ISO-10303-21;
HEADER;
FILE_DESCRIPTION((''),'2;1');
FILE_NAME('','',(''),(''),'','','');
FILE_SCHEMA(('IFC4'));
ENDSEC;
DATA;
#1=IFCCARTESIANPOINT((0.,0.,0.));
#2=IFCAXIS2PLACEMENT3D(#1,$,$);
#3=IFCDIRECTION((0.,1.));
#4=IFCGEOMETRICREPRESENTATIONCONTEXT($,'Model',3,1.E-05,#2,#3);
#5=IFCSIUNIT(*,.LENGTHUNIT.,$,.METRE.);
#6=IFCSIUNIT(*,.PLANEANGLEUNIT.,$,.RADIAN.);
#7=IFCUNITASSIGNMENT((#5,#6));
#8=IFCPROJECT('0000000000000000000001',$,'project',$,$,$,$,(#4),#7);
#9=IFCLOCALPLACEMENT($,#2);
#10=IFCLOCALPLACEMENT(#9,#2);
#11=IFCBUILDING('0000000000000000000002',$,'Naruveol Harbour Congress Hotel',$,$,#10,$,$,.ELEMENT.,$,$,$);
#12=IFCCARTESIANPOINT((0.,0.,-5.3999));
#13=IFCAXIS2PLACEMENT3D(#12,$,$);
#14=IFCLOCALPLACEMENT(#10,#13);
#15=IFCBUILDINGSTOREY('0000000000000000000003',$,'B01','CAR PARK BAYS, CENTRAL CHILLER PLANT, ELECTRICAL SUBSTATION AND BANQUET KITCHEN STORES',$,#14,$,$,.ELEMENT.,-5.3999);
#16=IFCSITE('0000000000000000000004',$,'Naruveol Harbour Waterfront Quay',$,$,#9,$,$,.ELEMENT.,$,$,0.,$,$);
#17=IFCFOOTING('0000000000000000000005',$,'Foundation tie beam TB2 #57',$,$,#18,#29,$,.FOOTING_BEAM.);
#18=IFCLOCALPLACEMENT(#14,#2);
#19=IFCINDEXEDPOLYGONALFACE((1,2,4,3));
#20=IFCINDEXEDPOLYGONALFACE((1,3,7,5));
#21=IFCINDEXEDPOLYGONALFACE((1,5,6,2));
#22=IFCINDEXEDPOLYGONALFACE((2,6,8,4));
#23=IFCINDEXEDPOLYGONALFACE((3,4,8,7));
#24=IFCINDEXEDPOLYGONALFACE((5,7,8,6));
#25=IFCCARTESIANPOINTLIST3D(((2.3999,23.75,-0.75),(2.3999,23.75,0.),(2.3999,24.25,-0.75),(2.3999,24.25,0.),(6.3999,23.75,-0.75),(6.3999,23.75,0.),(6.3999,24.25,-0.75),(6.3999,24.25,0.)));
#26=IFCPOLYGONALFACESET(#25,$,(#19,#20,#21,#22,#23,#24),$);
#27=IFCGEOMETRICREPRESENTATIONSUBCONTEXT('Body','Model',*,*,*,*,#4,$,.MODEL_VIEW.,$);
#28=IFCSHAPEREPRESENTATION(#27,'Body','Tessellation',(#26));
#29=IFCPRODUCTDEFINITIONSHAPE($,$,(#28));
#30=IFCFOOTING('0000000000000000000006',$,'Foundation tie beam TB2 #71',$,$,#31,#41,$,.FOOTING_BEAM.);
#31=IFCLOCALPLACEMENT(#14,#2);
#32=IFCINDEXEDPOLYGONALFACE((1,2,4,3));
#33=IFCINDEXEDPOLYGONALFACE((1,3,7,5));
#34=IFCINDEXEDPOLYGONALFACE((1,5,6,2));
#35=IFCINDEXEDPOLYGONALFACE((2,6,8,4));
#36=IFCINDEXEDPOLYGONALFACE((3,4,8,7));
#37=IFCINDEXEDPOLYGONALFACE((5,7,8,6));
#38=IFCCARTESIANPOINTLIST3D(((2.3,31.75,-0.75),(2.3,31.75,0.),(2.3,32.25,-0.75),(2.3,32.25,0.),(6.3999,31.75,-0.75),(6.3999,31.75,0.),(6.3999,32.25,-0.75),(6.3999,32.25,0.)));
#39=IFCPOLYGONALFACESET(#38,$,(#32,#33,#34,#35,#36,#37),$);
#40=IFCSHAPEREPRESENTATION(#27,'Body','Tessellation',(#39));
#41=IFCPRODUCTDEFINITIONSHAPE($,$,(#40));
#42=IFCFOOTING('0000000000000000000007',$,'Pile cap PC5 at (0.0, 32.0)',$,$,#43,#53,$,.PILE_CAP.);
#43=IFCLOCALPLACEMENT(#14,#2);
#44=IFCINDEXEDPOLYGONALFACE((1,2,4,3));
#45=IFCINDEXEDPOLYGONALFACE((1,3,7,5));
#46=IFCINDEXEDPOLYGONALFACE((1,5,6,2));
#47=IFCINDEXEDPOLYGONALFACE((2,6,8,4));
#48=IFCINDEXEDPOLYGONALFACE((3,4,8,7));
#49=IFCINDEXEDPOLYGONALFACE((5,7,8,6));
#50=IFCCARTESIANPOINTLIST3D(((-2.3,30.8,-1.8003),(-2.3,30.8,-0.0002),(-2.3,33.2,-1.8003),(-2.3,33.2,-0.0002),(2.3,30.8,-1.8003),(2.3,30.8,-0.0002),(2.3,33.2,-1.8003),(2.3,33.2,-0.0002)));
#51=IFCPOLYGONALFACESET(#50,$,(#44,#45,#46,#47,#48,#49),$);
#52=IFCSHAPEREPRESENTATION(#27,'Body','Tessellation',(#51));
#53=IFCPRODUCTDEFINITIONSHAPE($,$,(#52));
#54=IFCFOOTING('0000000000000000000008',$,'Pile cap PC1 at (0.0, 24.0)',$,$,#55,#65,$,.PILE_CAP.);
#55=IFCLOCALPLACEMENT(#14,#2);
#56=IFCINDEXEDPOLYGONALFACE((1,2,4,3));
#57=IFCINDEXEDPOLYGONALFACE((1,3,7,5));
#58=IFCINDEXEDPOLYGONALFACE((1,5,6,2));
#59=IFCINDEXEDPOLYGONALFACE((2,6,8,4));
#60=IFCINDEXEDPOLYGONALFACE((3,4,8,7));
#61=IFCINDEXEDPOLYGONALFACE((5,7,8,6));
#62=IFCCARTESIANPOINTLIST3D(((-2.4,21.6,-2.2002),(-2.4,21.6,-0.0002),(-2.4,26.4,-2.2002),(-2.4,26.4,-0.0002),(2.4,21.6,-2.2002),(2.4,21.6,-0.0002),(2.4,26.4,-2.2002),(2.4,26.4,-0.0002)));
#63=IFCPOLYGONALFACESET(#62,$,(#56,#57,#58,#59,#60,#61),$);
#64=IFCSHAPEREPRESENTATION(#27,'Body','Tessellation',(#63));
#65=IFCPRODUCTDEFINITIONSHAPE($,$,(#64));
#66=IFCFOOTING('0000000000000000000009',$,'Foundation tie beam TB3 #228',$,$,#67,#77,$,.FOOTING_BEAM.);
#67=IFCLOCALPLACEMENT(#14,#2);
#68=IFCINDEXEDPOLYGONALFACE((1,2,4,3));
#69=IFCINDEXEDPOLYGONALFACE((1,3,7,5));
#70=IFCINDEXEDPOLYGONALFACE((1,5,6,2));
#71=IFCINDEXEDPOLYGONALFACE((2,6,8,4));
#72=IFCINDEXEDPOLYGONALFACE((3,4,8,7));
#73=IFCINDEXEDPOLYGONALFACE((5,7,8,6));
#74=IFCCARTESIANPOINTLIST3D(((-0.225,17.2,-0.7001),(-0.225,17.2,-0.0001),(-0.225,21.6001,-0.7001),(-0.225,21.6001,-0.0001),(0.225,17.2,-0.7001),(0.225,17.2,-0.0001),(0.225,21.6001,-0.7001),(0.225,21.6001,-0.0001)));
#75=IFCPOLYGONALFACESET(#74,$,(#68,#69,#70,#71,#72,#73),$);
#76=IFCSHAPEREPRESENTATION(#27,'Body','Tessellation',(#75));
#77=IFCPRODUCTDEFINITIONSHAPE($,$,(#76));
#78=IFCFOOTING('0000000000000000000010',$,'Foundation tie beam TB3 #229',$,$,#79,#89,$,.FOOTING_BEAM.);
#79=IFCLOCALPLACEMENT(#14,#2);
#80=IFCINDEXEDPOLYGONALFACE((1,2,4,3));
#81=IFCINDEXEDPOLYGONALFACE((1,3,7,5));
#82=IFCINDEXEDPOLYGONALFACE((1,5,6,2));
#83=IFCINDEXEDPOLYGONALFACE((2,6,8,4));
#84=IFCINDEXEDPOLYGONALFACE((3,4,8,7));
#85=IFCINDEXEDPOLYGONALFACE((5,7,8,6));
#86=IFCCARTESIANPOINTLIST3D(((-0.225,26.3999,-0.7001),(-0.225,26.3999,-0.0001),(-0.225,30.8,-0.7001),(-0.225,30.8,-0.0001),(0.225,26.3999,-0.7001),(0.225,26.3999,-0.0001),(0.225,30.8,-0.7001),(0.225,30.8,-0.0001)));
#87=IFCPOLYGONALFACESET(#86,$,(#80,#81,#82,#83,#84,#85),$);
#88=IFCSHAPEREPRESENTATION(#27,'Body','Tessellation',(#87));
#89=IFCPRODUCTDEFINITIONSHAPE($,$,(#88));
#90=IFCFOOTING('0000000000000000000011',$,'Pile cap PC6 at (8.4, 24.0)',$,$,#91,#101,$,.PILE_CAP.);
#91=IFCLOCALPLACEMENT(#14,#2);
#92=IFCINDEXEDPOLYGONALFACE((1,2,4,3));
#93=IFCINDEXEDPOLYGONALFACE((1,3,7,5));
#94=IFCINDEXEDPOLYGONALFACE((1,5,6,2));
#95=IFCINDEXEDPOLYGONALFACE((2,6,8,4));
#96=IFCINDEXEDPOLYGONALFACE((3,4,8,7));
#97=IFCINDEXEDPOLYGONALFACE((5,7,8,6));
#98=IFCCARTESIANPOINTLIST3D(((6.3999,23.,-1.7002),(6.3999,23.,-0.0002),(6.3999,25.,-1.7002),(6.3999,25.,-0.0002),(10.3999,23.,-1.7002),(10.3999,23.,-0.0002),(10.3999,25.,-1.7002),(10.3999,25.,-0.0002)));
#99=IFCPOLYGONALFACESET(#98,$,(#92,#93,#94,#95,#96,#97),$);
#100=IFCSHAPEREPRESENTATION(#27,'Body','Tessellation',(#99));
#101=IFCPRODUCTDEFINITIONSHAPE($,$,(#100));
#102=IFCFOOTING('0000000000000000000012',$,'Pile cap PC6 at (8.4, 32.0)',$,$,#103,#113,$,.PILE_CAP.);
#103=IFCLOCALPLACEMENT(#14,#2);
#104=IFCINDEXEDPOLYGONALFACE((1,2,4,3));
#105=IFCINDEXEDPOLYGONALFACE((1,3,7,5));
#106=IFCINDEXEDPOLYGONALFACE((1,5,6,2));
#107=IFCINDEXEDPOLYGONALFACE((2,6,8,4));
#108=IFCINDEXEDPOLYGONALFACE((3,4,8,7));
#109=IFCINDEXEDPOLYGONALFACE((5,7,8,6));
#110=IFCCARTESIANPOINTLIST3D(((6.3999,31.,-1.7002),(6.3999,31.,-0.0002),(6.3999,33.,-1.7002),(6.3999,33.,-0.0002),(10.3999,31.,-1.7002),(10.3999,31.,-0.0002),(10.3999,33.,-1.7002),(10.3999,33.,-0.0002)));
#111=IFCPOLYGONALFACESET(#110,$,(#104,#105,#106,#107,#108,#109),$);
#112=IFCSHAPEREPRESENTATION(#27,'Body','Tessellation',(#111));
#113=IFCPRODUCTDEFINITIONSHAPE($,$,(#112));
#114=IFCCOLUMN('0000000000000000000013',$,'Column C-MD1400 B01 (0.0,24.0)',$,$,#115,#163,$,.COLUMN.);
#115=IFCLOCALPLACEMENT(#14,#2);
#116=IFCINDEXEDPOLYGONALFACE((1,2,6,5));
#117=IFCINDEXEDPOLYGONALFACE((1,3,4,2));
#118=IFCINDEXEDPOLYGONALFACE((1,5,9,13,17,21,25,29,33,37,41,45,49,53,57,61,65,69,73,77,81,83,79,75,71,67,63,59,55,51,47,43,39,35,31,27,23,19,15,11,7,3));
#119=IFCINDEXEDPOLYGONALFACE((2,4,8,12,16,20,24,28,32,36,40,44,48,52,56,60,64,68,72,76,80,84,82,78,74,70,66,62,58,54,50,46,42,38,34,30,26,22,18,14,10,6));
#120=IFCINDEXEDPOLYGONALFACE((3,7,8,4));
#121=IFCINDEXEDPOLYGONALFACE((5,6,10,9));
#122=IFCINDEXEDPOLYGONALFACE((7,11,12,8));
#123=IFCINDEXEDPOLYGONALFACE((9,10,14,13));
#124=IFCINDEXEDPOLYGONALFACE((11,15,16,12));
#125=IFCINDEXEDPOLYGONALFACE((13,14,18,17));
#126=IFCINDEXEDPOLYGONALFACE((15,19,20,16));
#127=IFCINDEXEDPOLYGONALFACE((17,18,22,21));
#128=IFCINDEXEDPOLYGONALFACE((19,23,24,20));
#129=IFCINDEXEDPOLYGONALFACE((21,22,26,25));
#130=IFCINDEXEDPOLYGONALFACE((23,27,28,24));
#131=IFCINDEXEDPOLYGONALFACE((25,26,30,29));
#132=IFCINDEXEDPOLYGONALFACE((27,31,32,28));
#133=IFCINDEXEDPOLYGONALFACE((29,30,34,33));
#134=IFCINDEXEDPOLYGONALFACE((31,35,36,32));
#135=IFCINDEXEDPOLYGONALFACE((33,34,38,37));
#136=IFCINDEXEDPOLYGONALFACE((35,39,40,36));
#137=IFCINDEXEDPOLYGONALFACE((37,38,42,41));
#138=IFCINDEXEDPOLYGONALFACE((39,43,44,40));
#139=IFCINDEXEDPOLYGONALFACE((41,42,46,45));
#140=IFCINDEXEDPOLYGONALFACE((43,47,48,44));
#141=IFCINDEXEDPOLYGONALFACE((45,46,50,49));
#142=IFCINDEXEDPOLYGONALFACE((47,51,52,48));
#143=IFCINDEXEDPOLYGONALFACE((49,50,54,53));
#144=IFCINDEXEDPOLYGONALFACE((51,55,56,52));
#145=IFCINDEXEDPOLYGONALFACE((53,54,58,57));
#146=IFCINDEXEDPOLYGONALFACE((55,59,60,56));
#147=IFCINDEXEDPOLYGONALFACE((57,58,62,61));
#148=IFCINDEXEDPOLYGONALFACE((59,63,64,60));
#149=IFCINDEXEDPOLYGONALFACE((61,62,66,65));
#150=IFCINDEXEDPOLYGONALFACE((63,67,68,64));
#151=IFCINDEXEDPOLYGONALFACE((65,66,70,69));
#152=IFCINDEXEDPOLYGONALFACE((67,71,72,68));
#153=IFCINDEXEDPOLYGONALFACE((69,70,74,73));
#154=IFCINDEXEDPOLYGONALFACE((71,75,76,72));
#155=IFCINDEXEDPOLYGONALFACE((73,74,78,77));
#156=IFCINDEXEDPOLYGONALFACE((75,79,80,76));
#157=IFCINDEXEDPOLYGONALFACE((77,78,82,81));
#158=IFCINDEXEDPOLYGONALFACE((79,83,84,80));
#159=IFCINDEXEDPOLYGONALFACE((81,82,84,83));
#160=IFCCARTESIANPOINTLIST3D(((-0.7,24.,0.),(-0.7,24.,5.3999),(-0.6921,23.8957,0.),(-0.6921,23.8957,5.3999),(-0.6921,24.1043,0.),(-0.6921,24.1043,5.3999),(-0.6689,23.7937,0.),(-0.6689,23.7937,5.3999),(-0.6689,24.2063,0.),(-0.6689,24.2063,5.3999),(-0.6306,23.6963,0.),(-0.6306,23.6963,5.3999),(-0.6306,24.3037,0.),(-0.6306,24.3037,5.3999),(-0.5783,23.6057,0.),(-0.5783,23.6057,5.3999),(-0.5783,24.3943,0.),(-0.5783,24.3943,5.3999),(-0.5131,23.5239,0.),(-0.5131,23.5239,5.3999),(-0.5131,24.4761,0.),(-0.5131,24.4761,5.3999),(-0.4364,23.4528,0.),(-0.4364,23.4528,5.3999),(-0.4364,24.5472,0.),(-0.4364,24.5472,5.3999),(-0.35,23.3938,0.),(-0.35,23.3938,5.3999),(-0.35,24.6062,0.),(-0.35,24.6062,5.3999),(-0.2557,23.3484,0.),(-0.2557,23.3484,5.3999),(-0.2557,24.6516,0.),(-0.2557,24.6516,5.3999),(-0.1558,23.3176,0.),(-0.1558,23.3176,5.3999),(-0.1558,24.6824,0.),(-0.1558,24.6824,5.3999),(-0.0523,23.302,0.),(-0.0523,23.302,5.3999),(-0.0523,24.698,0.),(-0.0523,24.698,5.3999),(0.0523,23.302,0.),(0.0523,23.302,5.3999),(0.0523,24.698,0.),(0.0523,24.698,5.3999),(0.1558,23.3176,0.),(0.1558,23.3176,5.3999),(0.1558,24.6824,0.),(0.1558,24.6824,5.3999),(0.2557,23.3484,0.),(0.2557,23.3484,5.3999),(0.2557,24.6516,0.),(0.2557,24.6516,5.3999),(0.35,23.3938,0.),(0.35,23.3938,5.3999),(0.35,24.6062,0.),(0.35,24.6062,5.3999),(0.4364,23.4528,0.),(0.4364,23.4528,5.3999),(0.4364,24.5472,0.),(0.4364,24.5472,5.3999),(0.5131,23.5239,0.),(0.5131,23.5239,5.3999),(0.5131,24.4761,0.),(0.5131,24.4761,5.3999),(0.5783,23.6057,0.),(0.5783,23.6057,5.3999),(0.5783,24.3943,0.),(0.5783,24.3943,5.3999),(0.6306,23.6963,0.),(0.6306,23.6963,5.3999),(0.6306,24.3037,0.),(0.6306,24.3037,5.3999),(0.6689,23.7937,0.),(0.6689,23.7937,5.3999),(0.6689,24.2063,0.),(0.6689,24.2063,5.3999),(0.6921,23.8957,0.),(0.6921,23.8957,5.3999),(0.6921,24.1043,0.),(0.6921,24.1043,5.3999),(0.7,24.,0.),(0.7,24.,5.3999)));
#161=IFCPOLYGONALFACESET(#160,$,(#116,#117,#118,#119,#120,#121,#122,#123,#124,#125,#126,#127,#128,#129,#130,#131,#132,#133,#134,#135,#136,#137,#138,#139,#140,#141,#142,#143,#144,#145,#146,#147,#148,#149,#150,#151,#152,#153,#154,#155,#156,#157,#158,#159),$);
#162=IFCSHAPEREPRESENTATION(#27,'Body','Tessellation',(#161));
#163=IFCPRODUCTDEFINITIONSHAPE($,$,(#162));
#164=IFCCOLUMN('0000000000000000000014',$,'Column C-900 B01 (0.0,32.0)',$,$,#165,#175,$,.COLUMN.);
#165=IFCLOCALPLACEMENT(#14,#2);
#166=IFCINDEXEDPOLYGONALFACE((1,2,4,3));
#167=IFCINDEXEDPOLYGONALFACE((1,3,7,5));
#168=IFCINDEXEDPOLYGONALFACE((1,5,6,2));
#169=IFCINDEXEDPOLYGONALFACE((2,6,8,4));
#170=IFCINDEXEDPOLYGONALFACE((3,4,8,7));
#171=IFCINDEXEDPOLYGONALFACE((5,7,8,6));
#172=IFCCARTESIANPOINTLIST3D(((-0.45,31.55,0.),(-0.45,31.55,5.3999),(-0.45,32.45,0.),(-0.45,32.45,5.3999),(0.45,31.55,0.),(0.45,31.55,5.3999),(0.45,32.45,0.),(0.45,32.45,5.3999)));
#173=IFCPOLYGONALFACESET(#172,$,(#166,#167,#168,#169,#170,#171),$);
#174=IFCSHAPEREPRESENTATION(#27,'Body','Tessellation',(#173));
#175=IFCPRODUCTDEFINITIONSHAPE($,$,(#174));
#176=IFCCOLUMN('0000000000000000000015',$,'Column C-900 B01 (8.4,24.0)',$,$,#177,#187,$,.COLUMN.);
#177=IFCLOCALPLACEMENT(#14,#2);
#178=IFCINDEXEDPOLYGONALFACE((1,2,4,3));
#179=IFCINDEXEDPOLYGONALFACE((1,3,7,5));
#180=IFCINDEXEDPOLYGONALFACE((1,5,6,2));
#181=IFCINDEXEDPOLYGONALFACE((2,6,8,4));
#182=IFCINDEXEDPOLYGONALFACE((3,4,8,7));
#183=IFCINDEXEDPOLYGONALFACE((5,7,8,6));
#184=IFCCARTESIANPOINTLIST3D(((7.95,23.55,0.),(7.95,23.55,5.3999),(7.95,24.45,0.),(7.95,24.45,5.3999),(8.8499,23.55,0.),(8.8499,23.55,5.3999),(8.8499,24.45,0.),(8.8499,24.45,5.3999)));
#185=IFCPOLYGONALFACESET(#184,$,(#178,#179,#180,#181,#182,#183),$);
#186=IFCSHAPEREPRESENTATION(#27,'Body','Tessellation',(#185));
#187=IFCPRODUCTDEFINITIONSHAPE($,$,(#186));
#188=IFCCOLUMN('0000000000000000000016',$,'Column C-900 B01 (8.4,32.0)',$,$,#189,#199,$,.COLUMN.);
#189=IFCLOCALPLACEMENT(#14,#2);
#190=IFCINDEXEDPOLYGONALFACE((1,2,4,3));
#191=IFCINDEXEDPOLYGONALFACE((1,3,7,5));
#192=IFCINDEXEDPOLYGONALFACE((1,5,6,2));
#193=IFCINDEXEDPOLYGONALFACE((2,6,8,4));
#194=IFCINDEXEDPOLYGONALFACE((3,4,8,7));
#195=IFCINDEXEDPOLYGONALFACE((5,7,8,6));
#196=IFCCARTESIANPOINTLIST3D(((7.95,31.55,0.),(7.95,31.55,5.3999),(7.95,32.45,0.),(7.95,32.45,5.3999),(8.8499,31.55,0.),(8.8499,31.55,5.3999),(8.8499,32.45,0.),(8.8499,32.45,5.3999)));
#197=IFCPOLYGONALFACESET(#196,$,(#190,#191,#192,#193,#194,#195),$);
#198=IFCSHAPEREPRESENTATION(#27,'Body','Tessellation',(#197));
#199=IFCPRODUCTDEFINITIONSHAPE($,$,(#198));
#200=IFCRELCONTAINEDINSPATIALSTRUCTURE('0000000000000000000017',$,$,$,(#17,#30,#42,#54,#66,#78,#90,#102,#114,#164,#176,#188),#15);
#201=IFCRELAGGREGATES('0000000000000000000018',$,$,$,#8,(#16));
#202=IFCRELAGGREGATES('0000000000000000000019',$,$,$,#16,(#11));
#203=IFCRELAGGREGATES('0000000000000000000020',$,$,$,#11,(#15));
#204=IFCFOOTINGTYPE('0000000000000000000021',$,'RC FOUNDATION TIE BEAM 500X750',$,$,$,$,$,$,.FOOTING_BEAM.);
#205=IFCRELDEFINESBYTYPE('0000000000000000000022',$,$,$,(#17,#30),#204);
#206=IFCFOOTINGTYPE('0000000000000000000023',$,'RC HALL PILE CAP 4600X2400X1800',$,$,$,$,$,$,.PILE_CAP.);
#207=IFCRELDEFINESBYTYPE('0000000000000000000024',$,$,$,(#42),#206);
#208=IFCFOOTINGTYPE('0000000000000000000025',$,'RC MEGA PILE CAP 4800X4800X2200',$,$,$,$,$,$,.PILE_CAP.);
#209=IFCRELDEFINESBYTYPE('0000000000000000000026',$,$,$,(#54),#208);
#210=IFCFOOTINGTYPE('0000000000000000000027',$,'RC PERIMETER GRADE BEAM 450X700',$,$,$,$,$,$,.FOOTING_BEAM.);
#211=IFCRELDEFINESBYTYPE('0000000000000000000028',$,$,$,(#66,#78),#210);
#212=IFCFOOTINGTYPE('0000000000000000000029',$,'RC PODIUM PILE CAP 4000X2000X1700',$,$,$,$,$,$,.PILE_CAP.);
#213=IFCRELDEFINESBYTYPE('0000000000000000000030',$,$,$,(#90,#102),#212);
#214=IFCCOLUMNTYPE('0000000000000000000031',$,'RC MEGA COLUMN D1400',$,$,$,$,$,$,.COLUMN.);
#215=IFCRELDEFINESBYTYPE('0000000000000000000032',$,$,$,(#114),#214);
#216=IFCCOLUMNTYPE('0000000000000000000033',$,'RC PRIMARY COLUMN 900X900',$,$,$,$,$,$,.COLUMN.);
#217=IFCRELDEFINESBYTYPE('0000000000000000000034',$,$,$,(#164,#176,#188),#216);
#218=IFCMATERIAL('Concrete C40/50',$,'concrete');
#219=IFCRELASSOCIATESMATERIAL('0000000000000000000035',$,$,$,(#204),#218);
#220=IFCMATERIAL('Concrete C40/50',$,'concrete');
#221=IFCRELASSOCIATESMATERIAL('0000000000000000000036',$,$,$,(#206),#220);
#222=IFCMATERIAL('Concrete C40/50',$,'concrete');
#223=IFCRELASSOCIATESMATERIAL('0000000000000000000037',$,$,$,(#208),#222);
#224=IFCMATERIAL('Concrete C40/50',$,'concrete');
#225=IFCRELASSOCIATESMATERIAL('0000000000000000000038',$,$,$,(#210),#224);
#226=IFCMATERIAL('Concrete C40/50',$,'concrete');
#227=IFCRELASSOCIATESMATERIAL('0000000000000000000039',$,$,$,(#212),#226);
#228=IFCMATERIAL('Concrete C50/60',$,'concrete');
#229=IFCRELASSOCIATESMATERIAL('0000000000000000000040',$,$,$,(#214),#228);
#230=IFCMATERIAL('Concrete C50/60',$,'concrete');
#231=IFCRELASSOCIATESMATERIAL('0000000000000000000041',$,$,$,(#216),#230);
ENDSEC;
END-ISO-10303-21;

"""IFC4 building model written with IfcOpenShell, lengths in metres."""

from ifc_helpers import new_model, si_unit, direction, frame, origin, origin_2d, place, context, subcontext, project, spatial, rectangle, circle, extrude, material, material_profile, profile_set, type_object, element, save


model = new_model("IFC4")

# Units and contexts
model_context = context("Model", 3, precision=1e-05, world=origin(), true_north=direction((0.0, 1.0)))
body_context = subcontext(model_context, "Body", "Model", "MODEL_VIEW")
ifc_project = project(units=[si_unit("LENGTHUNIT", "METRE"), si_unit("PLANEANGLEUNIT", "RADIAN")], contexts=[model_context])

# Site, building, storey
site_placement = place(None, origin())
site = spatial("IfcSite", under=ifc_project, at=site_placement, Name="Naruveol Harbour Waterfront Quay", CompositionType="ELEMENT", RefElevation=0.0)
building_placement = place(site_placement, origin())
building = spatial("IfcBuilding", under=site, at=building_placement, Name="Naruveol Harbour Congress Hotel", CompositionType="ELEMENT")
storey_placement = place(building_placement, frame((0.0, 0.0, -5.3999)))
storey = spatial("IfcBuildingStorey", under=building, at=storey_placement, Name="B01", Description="CAR PARK BAYS, CENTRAL CHILLER PLANT, ELECTRICAL SUBSTATION AND BANQUET KITCHEN STORES", CompositionType="ELEMENT", Elevation=-5.3999)

# Footings
ifc_material_1 = material(Name="Concrete C40/50", Category="concrete")
ifc_material_profile_1 = material_profile(ifc_material_1, rectangle(XDim=0.5, YDim=0.75, at=origin_2d()), Name="RCB-500x750")
ifc_profile_set_1 = profile_set([ifc_material_profile_1], Name="Concrete C40/50")
footing_type_1 = type_object("IfcFootingType", Name="RC FOUNDATION TIE BEAM 500X750", PredefinedType="FOOTING_BEAM", material=ifc_profile_set_1)
footing_1_placement = place(storey_placement, frame((2.3999, 24.0, -0.375), z_axis=(1.0, 0.0, 0.0), x_axis=(0.0, 1.0, 0.0)))
element("IfcFooting", 1, at=footing_1_placement, inside=storey, type_object=footing_type_1, Name="Foundation tie beam TB2 #57", PredefinedType="FOOTING_BEAM", context=body_context, shape_type="SweptSolid", body=[
    extrude(rectangle(XDim=0.5, YDim=0.75, at=origin_2d()), origin(), (0.0, 0.0, 1.0), 4.0),
])
footing_2_placement = place(storey_placement, frame((2.3, 32.0, -0.375), z_axis=(1.0, 0.0, 0.0), x_axis=(0.0, 1.0, 0.0)))
element("IfcFooting", 2, at=footing_2_placement, inside=storey, type_object=footing_type_1, Name="Foundation tie beam TB2 #71", PredefinedType="FOOTING_BEAM", context=body_context, shape_type="SweptSolid", body=[
    extrude(rectangle(XDim=0.5, YDim=0.75, at=origin_2d()), origin(), (0.0, 0.0, 1.0), 4.0999),
])
ifc_material_2 = material(Name="Concrete C40/50", Category="concrete")
footing_type_2 = type_object("IfcFootingType", Name="RC HALL PILE CAP 4600X2400X1800", PredefinedType="PILE_CAP", material=ifc_material_2)
footing_3_placement = place(storey_placement, frame((0.0, 32.0, -1.8003), z_axis=(0.0, 0.0, 1.0), x_axis=(1.0, 0.0, 0.0)))
element("IfcFooting", 3, at=footing_3_placement, inside=storey, type_object=footing_type_2, Name="Pile cap PC5 at (0.0, 32.0)", PredefinedType="PILE_CAP", context=body_context, shape_type="SweptSolid", body=[
    extrude(rectangle(XDim=4.6001, YDim=2.3999, at=origin_2d()), origin(), (0.0, 0.0, 1.0), 1.8),
])
ifc_material_3 = material(Name="Concrete C40/50", Category="concrete")
footing_type_3 = type_object("IfcFootingType", Name="RC MEGA PILE CAP 4800X4800X2200", PredefinedType="PILE_CAP", material=ifc_material_3)
footing_4_placement = place(storey_placement, frame((0.0, 24.0, -2.2002), z_axis=(0.0, 0.0, 1.0), x_axis=(1.0, 0.0, 0.0)))
element("IfcFooting", 4, at=footing_4_placement, inside=storey, type_object=footing_type_3, Name="Pile cap PC1 at (0.0, 24.0)", PredefinedType="PILE_CAP", context=body_context, shape_type="SweptSolid", body=[
    extrude(rectangle(XDim=4.8, YDim=4.8, at=origin_2d()), origin(), (0.0, 0.0, 1.0), 2.2),
])
ifc_material_4 = material(Name="Concrete C40/50", Category="concrete")
ifc_material_profile_2 = material_profile(ifc_material_4, rectangle(XDim=0.45, YDim=0.7, at=origin_2d()), Name="RCB-450x700")
ifc_profile_set_2 = profile_set([ifc_material_profile_2], Name="Concrete C40/50")
footing_type_4 = type_object("IfcFootingType", Name="RC PERIMETER GRADE BEAM 450X700", PredefinedType="FOOTING_BEAM", material=ifc_profile_set_2)
for number, where, z_axis, x_axis, name in (
    (5, (0.0, 17.2, -0.3501), (0.0, 1.0, 0.0), (-1.0, 0.0, 0.0), "Foundation tie beam TB3 #228"),
    (6, (0.0, 26.3999, -0.3501), (0.0, 1.0, 0.0), (-1.0, 0.0, 0.0), "Foundation tie beam TB3 #229"),
):
    element("IfcFooting", number, at=place(storey_placement, frame(where, z_axis=z_axis, x_axis=x_axis)), inside=storey, type_object=footing_type_4, Name=name, PredefinedType="FOOTING_BEAM", context=body_context, shape_type="SweptSolid", body=[
        extrude(rectangle(XDim=0.45, YDim=0.7, at=origin_2d()), origin(), (0.0, 0.0, 1.0), 4.4001),
    ])
ifc_material_5 = material(Name="Concrete C40/50", Category="concrete")
footing_type_5 = type_object("IfcFootingType", Name="RC PODIUM PILE CAP 4000X2000X1700", PredefinedType="PILE_CAP", material=ifc_material_5)
for number, where, z_axis, x_axis, name in (
    (7, (8.3999, 24.0, -1.7002), (0.0, 0.0, 1.0), (1.0, 0.0, 0.0), "Pile cap PC6 at (8.4, 24.0)"),
    (8, (8.3999, 32.0, -1.7002), (0.0, 0.0, 1.0), (1.0, 0.0, 0.0), "Pile cap PC6 at (8.4, 32.0)"),
):
    element("IfcFooting", number, at=place(storey_placement, frame(where, z_axis=z_axis, x_axis=x_axis)), inside=storey, type_object=footing_type_5, Name=name, PredefinedType="PILE_CAP", context=body_context, shape_type="SweptSolid", body=[
        extrude(rectangle(XDim=4.0, YDim=2.0, at=origin_2d()), origin(), (0.0, 0.0, 1.0), 1.7),
    ])

# Columns
ifc_material_6 = material(Name="Concrete C50/60", Category="concrete")
ifc_material_profile_3 = material_profile(ifc_material_6, circle(Radius=0.7, at=origin_2d()), Name="RC-D1400")
ifc_profile_set_3 = profile_set([ifc_material_profile_3], Name="Concrete C50/60")
column_type_1 = type_object("IfcColumnType", Name="RC MEGA COLUMN D1400", PredefinedType="COLUMN", material=ifc_profile_set_3)
column_1_placement = place(storey_placement, frame((0.0, 24.0, 0.0), z_axis=(0.0, 0.0, 1.0), x_axis=(1.0, 0.0, 0.0)))
element("IfcColumn", 9, at=column_1_placement, inside=storey, type_object=column_type_1, Name="Column C-MD1400 B01 (0.0,24.0)", PredefinedType="COLUMN", context=body_context, shape_type="SweptSolid", body=[
    extrude(circle(Radius=0.7, at=origin_2d()), origin(), (0.0, 0.0, 1.0), 5.3999),
])
ifc_material_7 = material(Name="Concrete C50/60", Category="concrete")
ifc_material_profile_4 = material_profile(ifc_material_7, rectangle(XDim=0.8999, YDim=0.8999, at=origin_2d()), Name="RC-900x900")
ifc_profile_set_4 = profile_set([ifc_material_profile_4], Name="Concrete C50/60")
column_type_2 = type_object("IfcColumnType", Name="RC PRIMARY COLUMN 900X900", PredefinedType="COLUMN", material=ifc_profile_set_4)
for number, where, z_axis, x_axis, name in (
    (10, (0.0, 32.0, 0.0), (0.0, 0.0, 1.0), (1.0, 0.0, 0.0), "Column C-900 B01 (0.0,32.0)"),
    (11, (8.3999, 24.0, 0.0), (0.0, 0.0, 1.0), (1.0, 0.0, 0.0), "Column C-900 B01 (8.4,24.0)"),
    (12, (8.3999, 32.0, 0.0), (0.0, 0.0, 1.0), (1.0, 0.0, 0.0), "Column C-900 B01 (8.4,32.0)"),
):
    element("IfcColumn", number, at=place(storey_placement, frame(where, z_axis=z_axis, x_axis=x_axis)), inside=storey, type_object=column_type_2, Name=name, PredefinedType="COLUMN", context=body_context, shape_type="SweptSolid", body=[
        extrude(rectangle(XDim=0.8999, YDim=0.8999, at=origin_2d()), origin(), (0.0, 0.0, 1.0), 5.3999),
    ])

save(model, "model.ifc")
